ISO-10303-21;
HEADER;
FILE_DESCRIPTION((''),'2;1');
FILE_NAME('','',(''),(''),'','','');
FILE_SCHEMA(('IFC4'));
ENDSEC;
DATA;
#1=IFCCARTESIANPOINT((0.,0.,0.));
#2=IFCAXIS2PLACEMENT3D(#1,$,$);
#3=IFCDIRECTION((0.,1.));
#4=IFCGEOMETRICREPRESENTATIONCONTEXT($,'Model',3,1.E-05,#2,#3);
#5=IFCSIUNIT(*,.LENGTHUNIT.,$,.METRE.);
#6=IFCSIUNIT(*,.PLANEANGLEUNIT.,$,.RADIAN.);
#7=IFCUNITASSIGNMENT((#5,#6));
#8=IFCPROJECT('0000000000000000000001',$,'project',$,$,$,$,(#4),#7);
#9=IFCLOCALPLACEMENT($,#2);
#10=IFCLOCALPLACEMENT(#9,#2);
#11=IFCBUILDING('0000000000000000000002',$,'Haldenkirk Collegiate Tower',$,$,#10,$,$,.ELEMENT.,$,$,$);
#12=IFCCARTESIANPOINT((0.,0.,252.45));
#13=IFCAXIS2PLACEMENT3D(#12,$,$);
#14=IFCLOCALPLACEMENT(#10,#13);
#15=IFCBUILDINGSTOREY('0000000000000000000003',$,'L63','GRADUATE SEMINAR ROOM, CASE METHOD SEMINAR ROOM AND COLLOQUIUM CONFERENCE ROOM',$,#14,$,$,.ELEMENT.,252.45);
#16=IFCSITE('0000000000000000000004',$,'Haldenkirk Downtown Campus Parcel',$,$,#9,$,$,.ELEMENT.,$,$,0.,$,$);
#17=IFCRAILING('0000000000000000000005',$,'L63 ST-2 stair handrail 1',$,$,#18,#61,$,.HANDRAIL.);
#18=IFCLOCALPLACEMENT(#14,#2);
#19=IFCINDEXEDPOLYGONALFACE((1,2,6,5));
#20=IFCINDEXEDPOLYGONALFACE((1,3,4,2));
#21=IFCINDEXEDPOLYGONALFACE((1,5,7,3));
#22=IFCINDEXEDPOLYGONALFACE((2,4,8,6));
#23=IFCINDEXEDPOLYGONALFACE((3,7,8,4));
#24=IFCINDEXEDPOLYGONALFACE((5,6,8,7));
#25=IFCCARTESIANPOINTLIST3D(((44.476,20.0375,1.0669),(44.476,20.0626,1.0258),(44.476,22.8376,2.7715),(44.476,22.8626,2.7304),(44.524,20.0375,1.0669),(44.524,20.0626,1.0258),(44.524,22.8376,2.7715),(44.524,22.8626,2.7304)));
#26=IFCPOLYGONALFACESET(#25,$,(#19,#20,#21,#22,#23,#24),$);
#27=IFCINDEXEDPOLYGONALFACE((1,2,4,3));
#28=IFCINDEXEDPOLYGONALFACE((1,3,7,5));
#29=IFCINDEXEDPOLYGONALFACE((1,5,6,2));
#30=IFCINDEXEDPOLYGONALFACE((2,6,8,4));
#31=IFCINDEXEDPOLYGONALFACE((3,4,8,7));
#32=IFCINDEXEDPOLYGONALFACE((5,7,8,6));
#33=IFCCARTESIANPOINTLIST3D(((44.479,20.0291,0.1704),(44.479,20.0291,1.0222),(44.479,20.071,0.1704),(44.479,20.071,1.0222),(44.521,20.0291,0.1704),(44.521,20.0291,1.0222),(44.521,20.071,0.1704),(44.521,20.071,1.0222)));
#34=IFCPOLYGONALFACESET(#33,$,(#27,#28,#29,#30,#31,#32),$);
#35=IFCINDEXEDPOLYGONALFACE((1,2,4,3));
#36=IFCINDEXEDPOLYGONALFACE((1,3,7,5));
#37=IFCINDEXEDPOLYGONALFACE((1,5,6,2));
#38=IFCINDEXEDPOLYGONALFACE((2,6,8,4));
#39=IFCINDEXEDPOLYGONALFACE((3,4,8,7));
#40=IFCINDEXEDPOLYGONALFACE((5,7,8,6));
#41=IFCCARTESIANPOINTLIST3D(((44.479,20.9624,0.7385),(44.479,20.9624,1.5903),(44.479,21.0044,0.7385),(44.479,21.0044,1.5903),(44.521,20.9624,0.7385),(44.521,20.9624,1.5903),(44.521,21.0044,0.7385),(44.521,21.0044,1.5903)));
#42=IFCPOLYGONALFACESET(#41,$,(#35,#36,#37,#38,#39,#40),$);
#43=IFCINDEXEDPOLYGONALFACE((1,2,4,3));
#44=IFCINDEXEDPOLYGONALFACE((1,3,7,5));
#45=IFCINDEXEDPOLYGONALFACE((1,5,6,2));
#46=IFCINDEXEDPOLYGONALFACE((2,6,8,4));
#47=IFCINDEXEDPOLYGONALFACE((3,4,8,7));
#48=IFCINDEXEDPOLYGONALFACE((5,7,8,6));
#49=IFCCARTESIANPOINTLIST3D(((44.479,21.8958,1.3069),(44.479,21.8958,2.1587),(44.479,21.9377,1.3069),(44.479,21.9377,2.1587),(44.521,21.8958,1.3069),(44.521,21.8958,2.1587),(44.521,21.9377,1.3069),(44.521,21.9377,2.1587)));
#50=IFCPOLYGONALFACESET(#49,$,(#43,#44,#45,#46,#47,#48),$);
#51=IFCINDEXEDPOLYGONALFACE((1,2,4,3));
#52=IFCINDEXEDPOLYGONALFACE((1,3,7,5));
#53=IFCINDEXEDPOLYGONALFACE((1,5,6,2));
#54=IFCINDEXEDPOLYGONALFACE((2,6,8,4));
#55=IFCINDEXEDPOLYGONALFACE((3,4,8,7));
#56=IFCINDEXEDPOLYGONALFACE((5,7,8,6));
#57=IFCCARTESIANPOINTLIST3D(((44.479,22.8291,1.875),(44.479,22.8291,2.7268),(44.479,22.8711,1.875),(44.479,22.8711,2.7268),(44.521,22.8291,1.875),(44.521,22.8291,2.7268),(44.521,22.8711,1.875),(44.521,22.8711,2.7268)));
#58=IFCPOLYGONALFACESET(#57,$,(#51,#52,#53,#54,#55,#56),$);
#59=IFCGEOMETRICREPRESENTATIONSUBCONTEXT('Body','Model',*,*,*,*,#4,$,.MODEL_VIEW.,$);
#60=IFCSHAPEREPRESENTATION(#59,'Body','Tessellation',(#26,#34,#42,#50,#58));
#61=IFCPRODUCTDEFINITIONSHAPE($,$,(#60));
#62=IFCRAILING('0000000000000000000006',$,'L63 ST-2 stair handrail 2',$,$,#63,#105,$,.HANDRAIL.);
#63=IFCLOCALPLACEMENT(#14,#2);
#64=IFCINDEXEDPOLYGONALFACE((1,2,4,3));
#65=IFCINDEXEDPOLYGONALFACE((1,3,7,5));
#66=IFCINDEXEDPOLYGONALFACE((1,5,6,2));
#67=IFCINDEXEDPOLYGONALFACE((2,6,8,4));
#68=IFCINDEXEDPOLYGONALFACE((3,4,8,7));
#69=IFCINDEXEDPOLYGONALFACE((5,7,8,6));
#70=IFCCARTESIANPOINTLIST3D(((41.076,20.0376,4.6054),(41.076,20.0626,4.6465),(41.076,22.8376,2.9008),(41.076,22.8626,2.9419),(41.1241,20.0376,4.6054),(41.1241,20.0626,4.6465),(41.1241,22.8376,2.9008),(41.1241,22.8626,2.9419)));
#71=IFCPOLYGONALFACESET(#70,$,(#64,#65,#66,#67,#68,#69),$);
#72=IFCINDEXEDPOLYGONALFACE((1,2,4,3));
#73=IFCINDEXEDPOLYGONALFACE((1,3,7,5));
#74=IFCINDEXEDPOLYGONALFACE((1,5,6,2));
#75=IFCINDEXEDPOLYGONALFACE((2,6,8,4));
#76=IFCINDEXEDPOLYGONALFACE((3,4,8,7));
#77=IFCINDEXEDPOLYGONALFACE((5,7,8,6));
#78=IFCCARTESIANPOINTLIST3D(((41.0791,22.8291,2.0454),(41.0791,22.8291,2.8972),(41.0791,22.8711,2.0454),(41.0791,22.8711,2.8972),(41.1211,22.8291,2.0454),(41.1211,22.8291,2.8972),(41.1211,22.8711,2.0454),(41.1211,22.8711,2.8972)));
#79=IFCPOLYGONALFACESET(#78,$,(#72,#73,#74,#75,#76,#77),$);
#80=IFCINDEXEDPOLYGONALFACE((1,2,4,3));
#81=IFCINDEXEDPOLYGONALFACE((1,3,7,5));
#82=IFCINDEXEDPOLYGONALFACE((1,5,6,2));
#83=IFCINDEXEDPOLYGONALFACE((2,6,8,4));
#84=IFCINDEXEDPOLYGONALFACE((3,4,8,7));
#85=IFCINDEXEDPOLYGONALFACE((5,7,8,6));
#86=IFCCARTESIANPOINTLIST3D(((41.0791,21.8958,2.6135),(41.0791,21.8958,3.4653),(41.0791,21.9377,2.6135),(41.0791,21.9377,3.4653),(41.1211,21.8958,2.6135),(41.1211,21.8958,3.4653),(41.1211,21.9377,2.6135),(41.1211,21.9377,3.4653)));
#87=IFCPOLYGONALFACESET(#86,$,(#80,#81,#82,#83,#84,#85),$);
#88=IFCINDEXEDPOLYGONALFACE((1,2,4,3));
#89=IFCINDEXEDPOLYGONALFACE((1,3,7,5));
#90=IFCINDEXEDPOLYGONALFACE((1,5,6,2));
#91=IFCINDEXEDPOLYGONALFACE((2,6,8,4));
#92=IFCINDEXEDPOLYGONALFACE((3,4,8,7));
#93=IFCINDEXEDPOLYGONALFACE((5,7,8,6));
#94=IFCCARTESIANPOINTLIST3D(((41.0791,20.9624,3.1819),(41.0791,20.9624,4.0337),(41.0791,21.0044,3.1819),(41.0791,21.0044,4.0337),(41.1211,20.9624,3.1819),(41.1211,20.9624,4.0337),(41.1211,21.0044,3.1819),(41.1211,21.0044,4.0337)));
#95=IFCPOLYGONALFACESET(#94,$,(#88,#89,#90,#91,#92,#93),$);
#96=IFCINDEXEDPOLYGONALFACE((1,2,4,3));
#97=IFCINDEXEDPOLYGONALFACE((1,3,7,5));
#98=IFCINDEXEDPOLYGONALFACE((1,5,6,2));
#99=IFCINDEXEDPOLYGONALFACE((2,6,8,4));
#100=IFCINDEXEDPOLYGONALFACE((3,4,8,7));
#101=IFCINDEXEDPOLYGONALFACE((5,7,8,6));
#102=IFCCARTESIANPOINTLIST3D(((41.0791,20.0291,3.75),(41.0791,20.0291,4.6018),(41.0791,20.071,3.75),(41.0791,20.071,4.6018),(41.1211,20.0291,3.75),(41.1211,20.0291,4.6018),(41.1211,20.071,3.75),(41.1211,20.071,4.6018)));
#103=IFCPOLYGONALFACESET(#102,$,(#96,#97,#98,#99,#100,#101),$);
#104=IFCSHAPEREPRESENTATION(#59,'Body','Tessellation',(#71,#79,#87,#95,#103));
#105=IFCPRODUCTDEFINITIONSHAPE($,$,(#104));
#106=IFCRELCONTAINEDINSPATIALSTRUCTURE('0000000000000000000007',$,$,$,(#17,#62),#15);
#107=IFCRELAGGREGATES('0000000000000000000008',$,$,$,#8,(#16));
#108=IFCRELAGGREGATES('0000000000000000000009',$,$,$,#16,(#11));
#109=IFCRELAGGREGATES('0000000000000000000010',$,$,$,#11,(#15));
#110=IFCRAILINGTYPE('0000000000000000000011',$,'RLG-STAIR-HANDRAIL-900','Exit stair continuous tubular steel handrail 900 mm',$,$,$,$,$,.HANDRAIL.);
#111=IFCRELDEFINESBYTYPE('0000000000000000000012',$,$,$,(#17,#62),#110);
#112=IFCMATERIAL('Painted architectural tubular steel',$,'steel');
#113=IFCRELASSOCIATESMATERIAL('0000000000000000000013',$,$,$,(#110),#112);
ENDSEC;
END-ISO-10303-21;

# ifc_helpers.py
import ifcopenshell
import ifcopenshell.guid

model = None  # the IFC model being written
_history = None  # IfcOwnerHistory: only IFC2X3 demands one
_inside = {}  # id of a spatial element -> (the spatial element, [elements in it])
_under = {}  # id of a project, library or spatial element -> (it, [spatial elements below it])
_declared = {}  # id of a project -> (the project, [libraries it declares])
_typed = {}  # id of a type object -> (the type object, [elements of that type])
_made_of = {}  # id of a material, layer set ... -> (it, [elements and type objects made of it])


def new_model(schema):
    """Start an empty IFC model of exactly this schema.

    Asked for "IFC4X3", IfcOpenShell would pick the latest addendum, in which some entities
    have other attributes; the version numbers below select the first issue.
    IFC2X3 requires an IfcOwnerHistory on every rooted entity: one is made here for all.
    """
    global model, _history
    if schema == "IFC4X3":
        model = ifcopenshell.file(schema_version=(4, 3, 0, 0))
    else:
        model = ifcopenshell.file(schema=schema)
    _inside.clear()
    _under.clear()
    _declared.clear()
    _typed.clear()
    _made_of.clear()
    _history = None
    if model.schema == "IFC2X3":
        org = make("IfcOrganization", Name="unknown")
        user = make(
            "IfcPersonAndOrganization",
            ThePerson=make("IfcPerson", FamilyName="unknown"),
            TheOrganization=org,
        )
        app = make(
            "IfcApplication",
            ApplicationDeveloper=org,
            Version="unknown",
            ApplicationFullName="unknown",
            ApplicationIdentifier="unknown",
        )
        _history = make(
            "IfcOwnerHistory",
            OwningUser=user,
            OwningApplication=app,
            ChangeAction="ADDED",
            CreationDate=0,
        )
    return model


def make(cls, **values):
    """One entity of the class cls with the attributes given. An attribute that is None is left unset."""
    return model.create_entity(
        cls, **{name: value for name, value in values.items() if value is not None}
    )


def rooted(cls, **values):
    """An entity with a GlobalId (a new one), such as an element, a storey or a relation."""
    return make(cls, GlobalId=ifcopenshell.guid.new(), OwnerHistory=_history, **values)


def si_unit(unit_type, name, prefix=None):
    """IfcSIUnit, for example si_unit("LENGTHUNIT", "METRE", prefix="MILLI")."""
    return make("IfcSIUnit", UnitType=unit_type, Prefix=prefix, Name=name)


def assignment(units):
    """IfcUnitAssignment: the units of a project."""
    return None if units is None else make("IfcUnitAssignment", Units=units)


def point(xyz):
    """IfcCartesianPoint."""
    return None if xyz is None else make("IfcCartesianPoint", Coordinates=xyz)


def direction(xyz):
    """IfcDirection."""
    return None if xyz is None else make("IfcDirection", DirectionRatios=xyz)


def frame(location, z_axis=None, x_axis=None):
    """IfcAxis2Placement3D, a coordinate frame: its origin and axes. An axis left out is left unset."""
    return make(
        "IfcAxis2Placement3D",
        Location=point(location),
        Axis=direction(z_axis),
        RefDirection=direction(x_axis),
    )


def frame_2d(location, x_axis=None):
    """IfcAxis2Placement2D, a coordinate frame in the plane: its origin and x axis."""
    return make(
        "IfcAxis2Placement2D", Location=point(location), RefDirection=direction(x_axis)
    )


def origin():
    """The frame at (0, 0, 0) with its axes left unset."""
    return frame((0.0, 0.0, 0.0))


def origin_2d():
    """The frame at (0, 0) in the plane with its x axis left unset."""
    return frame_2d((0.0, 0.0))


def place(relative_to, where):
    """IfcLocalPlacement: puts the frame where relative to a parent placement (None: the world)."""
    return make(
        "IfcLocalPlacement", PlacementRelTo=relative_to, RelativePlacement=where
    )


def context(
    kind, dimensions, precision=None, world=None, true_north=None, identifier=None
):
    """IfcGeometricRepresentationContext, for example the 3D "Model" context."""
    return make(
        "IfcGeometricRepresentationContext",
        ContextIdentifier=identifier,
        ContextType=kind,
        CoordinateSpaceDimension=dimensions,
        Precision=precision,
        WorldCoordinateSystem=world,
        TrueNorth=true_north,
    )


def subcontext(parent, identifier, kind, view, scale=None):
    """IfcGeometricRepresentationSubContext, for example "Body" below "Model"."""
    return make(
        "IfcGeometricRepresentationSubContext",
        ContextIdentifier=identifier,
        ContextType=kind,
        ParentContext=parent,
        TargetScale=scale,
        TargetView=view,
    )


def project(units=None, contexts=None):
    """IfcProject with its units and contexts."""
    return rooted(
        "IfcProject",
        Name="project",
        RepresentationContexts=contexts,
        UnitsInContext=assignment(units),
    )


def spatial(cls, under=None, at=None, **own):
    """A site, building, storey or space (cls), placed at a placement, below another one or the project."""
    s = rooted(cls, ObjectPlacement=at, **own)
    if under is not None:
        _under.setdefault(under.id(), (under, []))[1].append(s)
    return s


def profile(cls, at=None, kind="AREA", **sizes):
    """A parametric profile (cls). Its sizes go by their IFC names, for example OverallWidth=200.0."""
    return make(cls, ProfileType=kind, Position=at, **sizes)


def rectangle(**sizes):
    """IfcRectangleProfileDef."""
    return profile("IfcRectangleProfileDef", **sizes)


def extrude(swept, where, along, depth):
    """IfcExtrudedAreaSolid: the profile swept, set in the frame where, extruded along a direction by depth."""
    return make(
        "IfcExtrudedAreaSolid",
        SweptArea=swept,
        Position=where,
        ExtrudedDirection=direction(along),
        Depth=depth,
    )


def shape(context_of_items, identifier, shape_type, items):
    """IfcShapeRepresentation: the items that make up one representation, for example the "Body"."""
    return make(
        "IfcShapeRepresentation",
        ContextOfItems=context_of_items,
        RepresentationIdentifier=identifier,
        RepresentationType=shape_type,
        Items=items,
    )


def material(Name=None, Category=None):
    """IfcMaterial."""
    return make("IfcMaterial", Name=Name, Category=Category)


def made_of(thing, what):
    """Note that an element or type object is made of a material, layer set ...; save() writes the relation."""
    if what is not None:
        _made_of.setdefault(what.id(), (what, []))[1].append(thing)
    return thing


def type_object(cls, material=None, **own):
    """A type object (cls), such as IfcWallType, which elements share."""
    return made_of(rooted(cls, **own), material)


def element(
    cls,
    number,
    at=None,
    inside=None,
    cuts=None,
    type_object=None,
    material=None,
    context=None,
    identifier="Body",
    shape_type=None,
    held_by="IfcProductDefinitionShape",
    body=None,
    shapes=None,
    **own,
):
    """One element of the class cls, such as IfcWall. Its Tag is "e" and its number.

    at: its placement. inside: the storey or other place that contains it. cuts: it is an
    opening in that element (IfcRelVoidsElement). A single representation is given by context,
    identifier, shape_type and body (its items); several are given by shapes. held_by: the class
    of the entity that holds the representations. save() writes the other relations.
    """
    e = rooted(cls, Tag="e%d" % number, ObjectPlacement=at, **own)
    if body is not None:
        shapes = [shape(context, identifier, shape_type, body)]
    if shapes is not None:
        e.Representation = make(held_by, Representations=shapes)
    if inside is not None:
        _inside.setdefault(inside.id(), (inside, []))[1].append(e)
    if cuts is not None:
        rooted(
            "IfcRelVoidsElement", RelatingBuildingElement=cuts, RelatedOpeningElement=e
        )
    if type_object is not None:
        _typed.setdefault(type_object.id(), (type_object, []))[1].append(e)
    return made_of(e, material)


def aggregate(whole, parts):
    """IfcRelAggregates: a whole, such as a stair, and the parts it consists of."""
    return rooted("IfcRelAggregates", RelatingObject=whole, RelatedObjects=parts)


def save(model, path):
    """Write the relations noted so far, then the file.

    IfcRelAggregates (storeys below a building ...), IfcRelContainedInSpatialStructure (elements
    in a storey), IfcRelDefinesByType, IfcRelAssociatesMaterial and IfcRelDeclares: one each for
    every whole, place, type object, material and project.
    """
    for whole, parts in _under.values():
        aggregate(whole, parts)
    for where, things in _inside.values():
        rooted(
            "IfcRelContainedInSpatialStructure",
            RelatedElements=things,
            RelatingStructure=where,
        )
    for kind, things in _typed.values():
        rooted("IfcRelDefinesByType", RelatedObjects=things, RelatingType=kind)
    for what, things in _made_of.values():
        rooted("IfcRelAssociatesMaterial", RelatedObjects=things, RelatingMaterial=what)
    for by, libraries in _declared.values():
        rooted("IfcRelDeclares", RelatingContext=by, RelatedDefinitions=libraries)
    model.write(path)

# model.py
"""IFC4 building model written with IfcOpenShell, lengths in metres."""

from ifc_helpers import new_model, si_unit, direction, frame, origin, origin_2d, place, context, subcontext, project, spatial, rectangle, extrude, material, type_object, element, save


model = new_model("IFC4")

# Units and contexts
model_context = context("Model", 3, precision=1e-05, world=origin(), true_north=direction((0.0, 1.0)))
body_context = subcontext(model_context, "Body", "Model", "MODEL_VIEW")
ifc_project = project(units=[si_unit("LENGTHUNIT", "METRE"), si_unit("PLANEANGLEUNIT", "RADIAN")], contexts=[model_context])

# Site, building, storey
site_placement = place(None, origin())
site = spatial("IfcSite", under=ifc_project, at=site_placement, Name="Haldenkirk Downtown Campus Parcel", CompositionType="ELEMENT", RefElevation=0.0)
building_placement = place(site_placement, origin())
building = spatial("IfcBuilding", under=site, at=building_placement, Name="Haldenkirk Collegiate Tower", CompositionType="ELEMENT")
storey_placement = place(building_placement, frame((0.0, 0.0, 252.45)))
storey = spatial("IfcBuildingStorey", under=building, at=storey_placement, Name="L63", Description="GRADUATE SEMINAR ROOM, CASE METHOD SEMINAR ROOM AND COLLOQUIUM CONFERENCE ROOM", CompositionType="ELEMENT", Elevation=252.45)

# Railings
ifc_material_1 = material(Name="Painted architectural tubular steel", Category="steel")
railing_type_1 = type_object("IfcRailingType", Name="RLG-STAIR-HANDRAIL-900", Description="Exit stair continuous tubular steel handrail 900 mm", PredefinedType="HANDRAIL", material=ifc_material_1)
railing_1_placement = place(storey_placement, frame((44.5, 20.05, 0.1704)))
element("IfcRailing", 1, at=railing_1_placement, inside=storey, type_object=railing_type_1, Name="L63 ST-2 stair handrail 1", PredefinedType="HANDRAIL", context=body_context, shape_type="SweptSolid", body=[
    extrude(rectangle(XDim=0.0481, YDim=0.0481, at=origin_2d()), frame((0.0, 0.0, 0.876), z_axis=(0.0, 0.85417, 0.519994), x_axis=(-1.0, 0.0, 0.0)), (0.0, 0.0, 1.0), 3.2781),
    extrude(rectangle(XDim=0.042, YDim=0.042, at=origin_2d()), origin(), (0.0, 0.0, 1.0), 0.8518),
    extrude(rectangle(XDim=0.042, YDim=0.042, at=origin_2d()), frame((0.0, 0.9333, 0.5681)), (0.0, 0.0, 1.0), 0.8518),
    extrude(rectangle(XDim=0.042, YDim=0.042, at=origin_2d()), frame((0.0, 1.8667, 1.1365)), (0.0, 0.0, 1.0), 0.8518),
    extrude(rectangle(XDim=0.042, YDim=0.042, at=origin_2d()), frame((0.0, 2.8, 1.7046)), (0.0, 0.0, 1.0), 0.8518),
])
railing_2_placement = place(storey_placement, frame((41.1001, 22.8501, 2.0454)))
element("IfcRailing", 2, at=railing_2_placement, inside=storey, type_object=railing_type_1, Name="L63 ST-2 stair handrail 2", PredefinedType="HANDRAIL", context=body_context, shape_type="SweptSolid", body=[
    extrude(rectangle(XDim=0.0481, YDim=0.0481, at=origin_2d()), frame((0.0, 0.0, 0.876), z_axis=(0.0, -0.85417, 0.519994), x_axis=(1.0, 0.0, 0.0)), (0.0, 0.0, 1.0), 3.2781),
    extrude(rectangle(XDim=0.042, YDim=0.042, at=origin_2d()), origin(), (0.0, 0.0, 1.0), 0.8518),
    extrude(rectangle(XDim=0.042, YDim=0.042, at=origin_2d()), frame((0.0, -0.9333, 0.5681)), (0.0, 0.0, 1.0), 0.8518),
    extrude(rectangle(XDim=0.042, YDim=0.042, at=origin_2d()), frame((0.0, -1.8667, 1.1365)), (0.0, 0.0, 1.0), 0.8518),
    extrude(rectangle(XDim=0.042, YDim=0.042, at=origin_2d()), frame((0.0, -2.8, 1.7046)), (0.0, 0.0, 1.0), 0.8518),
])

save(model, "model.ifc")
